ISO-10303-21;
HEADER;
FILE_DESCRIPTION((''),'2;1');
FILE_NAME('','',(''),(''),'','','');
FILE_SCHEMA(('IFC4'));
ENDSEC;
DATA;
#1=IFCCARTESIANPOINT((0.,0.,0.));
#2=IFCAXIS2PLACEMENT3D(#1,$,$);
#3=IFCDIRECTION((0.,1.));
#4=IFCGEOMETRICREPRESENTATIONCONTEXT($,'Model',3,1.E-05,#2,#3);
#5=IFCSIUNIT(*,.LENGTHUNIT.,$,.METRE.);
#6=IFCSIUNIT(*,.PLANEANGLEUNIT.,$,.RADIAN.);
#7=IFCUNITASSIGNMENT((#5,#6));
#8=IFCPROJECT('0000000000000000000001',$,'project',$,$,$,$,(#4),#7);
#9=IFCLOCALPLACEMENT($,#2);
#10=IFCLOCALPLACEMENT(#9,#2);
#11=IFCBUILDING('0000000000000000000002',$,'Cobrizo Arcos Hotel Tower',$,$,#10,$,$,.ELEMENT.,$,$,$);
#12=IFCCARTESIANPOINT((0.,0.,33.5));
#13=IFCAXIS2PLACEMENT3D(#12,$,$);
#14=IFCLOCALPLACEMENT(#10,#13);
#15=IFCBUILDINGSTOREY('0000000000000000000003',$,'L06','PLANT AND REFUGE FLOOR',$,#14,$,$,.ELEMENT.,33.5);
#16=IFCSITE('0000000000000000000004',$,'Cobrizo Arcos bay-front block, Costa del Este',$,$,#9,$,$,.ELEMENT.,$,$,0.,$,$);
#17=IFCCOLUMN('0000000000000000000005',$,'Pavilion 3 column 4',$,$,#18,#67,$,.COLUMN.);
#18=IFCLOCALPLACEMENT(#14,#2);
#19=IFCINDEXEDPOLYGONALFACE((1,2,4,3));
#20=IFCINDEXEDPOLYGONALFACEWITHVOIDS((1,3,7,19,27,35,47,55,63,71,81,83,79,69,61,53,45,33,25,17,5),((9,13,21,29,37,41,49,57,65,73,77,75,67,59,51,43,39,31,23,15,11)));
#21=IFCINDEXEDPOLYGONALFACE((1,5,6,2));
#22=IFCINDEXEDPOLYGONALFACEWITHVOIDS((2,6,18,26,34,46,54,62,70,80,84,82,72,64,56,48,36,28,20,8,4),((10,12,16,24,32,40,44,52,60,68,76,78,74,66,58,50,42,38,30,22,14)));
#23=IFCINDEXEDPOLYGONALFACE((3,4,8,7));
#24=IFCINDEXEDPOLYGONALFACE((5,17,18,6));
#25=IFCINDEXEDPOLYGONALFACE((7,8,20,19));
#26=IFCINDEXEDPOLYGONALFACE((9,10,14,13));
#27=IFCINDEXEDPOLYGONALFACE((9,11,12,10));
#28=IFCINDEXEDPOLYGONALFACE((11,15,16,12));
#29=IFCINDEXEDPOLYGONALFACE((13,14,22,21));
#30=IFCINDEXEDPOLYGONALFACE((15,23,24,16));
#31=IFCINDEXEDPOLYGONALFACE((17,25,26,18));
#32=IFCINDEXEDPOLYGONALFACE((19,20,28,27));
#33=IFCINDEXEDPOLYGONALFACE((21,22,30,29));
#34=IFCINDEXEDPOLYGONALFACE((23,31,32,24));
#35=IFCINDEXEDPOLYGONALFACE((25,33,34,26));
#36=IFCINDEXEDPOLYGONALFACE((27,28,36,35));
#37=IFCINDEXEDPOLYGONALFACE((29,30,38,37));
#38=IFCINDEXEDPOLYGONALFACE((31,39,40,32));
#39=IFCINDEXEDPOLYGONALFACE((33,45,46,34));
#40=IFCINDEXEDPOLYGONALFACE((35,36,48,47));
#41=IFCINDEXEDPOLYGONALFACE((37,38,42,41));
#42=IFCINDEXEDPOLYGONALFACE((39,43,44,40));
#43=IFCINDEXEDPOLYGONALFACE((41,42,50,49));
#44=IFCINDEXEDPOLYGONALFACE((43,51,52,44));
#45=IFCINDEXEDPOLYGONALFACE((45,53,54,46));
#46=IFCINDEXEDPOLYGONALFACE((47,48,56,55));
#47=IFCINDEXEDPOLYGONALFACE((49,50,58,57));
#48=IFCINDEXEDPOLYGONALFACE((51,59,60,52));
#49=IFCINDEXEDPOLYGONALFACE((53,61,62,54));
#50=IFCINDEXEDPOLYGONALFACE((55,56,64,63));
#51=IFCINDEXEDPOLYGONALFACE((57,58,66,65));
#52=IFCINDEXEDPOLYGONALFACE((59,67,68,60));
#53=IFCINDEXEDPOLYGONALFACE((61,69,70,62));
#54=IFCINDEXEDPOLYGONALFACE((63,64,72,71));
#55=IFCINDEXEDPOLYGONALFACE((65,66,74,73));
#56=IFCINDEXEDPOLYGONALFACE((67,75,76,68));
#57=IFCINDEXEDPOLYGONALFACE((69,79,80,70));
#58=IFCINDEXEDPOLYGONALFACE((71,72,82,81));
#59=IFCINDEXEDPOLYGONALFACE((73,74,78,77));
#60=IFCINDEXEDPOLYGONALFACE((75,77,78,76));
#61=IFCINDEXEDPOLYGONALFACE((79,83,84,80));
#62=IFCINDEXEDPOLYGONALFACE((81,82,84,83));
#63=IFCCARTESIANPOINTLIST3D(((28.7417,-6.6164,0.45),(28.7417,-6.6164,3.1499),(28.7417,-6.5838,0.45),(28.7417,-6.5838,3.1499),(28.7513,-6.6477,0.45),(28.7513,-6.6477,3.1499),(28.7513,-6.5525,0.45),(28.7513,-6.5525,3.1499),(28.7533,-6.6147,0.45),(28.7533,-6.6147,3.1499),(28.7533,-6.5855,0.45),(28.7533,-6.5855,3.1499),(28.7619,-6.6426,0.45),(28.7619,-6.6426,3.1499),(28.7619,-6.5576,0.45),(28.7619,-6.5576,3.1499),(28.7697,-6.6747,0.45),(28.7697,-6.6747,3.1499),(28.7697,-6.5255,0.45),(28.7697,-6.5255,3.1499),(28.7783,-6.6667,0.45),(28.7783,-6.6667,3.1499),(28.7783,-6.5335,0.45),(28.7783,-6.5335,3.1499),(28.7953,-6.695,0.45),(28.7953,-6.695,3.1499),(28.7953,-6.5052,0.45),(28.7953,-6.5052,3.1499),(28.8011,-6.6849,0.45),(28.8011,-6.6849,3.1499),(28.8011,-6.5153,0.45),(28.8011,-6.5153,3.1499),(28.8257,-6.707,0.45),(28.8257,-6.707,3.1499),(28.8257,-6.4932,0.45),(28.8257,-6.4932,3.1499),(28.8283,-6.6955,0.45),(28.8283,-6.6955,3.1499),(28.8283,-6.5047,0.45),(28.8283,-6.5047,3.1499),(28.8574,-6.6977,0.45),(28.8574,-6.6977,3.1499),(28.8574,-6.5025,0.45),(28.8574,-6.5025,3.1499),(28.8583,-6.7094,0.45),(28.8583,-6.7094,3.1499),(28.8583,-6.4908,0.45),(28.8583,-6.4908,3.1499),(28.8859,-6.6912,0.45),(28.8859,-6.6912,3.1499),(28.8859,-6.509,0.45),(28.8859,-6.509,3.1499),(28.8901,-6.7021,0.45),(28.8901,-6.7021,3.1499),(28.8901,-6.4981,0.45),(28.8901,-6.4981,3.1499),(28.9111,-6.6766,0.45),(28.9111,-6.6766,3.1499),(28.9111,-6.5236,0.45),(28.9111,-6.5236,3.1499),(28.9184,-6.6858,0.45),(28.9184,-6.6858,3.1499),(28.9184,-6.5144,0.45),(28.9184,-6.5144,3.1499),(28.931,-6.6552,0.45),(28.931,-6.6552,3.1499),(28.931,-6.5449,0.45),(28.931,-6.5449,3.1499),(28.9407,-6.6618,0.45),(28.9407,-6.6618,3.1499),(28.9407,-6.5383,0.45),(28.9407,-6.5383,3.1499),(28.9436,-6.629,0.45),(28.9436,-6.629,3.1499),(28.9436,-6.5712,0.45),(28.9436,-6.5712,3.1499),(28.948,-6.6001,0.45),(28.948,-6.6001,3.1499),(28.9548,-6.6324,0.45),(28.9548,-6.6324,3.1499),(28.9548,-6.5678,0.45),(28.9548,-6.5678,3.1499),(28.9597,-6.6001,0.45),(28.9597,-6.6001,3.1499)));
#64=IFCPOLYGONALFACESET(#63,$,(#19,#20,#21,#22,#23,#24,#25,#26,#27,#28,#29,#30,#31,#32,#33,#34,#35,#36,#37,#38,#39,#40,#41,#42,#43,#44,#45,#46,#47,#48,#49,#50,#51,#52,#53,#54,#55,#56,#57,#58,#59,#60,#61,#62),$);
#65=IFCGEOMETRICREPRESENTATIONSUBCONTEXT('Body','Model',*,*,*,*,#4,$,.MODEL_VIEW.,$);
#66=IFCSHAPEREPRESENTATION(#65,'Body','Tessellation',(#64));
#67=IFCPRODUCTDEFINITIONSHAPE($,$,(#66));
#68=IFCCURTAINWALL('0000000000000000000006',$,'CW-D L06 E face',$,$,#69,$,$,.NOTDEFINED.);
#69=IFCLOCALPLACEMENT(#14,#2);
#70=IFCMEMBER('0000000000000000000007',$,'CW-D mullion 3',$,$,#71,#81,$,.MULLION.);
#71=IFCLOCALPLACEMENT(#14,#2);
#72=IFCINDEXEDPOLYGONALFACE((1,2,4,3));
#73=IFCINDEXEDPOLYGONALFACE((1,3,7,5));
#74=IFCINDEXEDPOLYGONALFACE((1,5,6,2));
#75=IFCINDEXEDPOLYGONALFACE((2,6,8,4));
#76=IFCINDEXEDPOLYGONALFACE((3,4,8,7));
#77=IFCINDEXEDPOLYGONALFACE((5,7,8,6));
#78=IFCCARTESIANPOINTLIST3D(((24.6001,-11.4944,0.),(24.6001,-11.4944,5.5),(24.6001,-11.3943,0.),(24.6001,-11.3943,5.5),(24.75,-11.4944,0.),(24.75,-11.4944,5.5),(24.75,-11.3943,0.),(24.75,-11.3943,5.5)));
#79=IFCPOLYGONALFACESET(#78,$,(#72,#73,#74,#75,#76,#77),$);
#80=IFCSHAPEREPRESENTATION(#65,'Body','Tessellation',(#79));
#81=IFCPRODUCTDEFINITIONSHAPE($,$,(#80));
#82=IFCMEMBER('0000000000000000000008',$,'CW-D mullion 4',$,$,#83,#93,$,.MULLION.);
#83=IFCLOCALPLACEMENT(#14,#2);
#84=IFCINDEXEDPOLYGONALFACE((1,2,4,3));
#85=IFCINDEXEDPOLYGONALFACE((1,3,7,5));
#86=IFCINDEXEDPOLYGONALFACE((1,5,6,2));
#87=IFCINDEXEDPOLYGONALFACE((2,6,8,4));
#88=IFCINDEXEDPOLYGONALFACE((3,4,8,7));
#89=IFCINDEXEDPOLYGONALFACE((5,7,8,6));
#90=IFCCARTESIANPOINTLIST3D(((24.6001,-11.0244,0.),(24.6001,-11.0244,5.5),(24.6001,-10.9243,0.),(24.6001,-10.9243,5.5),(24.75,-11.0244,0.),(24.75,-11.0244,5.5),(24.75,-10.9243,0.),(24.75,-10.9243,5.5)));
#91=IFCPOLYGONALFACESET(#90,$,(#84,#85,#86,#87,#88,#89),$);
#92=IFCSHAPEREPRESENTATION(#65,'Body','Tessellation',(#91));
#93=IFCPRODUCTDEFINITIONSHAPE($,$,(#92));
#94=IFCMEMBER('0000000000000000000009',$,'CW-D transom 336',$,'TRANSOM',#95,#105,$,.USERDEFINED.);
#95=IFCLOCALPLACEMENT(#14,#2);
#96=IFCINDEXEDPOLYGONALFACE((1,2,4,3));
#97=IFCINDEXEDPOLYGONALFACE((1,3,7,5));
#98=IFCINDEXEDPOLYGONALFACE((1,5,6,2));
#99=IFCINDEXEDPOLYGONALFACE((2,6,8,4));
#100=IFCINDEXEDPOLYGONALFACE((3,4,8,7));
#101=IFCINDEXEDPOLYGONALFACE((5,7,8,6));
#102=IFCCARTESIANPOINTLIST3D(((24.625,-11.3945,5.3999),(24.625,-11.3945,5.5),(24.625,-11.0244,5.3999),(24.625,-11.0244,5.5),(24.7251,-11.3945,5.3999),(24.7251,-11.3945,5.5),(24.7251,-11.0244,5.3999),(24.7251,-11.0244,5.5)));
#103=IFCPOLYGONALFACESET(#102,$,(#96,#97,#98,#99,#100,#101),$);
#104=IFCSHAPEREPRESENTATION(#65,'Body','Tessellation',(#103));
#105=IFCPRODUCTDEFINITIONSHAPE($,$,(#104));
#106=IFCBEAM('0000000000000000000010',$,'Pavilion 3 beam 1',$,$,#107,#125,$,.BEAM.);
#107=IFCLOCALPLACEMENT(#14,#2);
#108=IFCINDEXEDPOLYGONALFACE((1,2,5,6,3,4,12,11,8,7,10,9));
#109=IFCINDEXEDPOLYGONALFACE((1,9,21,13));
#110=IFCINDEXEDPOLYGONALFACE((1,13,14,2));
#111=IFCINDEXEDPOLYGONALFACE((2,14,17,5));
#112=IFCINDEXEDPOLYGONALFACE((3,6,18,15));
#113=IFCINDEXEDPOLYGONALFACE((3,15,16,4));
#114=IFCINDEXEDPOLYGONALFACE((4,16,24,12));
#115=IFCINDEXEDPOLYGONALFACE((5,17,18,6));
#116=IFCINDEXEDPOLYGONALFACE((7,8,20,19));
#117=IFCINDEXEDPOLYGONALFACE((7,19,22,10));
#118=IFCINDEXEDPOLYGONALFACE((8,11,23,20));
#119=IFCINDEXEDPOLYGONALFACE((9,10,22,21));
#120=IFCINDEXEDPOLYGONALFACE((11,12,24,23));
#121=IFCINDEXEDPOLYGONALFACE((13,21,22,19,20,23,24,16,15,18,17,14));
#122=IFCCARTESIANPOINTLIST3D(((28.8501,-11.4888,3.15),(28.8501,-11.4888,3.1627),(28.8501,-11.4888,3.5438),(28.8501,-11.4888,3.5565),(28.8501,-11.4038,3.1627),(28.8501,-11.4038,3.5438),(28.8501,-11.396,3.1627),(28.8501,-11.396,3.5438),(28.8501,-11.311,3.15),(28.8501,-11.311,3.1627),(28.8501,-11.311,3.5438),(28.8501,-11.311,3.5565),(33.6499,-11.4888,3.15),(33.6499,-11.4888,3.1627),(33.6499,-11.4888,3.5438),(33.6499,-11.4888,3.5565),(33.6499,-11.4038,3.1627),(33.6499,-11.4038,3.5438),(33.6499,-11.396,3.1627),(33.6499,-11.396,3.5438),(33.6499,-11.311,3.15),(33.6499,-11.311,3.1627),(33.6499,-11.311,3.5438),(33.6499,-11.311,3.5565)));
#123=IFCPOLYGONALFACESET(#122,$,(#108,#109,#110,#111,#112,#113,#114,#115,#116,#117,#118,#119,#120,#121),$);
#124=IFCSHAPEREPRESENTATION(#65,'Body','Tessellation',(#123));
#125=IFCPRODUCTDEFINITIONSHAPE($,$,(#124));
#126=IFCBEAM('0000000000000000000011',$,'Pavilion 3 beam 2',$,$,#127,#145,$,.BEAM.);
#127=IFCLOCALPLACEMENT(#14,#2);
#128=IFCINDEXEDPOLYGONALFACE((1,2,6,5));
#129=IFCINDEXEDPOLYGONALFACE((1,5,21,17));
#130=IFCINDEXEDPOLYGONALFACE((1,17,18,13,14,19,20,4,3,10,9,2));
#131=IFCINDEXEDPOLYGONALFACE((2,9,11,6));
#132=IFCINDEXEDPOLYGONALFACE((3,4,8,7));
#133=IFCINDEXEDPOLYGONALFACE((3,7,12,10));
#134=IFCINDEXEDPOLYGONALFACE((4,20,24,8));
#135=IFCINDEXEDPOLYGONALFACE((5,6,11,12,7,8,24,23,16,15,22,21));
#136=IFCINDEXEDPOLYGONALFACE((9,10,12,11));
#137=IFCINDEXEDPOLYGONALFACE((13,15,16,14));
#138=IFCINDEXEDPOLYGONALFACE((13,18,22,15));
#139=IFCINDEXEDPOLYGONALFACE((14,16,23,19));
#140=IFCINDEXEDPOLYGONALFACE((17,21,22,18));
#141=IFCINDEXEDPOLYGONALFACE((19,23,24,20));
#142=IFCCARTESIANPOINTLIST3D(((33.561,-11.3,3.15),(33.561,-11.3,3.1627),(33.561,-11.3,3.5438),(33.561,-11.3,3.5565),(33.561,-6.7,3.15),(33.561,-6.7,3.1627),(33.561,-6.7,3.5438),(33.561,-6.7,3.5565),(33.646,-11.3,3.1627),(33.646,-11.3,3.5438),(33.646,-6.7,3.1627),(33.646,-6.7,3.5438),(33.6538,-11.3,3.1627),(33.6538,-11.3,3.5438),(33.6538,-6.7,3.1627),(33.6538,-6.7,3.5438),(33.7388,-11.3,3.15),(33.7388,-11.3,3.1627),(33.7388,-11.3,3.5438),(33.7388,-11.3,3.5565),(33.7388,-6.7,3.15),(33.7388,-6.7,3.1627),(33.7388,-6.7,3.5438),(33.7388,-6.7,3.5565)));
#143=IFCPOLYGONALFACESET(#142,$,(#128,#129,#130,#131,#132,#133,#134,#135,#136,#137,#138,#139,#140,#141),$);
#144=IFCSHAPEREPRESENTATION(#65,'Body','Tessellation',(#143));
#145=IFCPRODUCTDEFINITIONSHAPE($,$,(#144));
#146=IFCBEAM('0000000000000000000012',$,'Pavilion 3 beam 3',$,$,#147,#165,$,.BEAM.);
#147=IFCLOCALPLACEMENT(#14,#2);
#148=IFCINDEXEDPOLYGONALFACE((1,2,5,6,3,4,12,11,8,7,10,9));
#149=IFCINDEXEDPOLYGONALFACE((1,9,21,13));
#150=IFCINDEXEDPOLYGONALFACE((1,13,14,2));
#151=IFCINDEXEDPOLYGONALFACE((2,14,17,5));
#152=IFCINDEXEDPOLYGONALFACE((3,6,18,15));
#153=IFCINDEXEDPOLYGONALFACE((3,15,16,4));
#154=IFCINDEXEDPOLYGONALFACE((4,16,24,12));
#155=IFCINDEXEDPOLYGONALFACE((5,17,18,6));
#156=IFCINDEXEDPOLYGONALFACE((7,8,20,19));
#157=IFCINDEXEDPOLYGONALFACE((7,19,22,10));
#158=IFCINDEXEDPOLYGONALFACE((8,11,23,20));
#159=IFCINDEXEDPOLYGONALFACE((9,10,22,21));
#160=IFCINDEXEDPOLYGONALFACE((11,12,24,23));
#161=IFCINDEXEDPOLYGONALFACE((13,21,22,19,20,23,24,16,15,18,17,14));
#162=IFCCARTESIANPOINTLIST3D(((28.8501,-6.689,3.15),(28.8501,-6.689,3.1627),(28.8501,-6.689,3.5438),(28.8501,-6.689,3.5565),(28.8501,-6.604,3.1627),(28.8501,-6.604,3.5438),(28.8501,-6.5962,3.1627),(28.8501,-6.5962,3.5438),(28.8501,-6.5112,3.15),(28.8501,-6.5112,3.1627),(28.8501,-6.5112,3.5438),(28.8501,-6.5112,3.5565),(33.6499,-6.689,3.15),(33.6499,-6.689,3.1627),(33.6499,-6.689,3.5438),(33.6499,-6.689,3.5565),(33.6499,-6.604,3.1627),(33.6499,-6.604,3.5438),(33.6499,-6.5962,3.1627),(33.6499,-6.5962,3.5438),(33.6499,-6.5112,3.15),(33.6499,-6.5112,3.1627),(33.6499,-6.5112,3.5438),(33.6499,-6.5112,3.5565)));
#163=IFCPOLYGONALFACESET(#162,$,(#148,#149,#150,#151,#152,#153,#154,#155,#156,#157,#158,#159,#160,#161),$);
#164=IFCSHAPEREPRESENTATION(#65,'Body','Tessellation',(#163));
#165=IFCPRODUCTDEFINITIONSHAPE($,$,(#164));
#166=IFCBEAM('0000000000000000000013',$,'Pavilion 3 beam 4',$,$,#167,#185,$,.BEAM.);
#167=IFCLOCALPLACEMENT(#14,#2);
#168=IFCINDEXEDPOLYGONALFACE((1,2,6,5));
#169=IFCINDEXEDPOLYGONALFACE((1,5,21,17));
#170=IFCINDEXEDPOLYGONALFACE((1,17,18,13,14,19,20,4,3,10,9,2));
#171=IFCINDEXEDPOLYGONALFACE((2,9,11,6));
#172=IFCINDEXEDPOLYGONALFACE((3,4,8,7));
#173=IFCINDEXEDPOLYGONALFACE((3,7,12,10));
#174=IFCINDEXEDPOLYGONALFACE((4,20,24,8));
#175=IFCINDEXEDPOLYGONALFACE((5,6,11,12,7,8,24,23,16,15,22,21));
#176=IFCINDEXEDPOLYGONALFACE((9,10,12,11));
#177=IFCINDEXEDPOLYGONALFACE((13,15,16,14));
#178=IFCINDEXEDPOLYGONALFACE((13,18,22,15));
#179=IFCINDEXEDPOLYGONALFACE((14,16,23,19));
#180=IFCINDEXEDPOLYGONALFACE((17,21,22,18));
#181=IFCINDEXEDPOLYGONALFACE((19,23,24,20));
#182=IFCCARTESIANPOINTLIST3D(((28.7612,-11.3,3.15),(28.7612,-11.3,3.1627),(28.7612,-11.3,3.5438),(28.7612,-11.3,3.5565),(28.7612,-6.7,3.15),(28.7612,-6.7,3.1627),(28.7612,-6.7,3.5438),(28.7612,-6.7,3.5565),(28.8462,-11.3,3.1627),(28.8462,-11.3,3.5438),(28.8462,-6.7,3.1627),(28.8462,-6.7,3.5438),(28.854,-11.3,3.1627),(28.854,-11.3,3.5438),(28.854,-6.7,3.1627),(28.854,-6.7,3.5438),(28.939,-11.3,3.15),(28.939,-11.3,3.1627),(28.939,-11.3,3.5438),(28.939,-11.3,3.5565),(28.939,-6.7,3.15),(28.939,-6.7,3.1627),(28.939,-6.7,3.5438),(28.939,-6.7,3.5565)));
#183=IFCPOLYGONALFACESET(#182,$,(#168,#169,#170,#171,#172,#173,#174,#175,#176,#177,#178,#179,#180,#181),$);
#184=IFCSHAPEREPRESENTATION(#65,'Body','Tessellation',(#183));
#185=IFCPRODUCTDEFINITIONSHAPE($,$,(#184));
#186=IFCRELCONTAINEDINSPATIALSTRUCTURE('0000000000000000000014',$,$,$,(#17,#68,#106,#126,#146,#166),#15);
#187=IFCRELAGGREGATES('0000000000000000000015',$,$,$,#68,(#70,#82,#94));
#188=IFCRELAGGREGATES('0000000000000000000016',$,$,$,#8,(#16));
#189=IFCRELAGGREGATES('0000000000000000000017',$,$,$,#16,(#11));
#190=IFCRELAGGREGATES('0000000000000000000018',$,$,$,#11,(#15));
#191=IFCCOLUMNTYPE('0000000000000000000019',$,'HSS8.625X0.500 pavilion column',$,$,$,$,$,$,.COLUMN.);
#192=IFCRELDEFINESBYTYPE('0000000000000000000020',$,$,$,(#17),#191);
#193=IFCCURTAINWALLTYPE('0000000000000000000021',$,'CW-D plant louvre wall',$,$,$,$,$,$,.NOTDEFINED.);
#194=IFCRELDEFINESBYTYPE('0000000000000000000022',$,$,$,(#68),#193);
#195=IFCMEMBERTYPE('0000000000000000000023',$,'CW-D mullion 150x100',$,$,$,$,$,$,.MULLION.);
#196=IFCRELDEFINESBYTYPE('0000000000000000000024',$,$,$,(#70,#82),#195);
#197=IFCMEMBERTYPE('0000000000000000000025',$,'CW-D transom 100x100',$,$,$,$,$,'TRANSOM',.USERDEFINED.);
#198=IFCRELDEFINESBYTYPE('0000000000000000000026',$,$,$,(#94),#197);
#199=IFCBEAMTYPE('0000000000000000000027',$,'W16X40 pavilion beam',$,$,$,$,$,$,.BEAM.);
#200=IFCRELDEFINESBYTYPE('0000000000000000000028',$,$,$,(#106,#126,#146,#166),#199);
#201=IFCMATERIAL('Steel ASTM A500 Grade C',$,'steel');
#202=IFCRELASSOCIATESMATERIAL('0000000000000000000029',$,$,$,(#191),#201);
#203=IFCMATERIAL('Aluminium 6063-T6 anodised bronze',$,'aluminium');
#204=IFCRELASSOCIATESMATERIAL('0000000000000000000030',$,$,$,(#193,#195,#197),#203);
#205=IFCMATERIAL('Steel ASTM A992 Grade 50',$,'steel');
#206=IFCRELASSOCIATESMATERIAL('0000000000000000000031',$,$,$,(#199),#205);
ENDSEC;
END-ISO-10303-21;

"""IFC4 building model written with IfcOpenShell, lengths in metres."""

from ifc_helpers import new_model, si_unit, direction, frame, origin, origin_2d, place, context, subcontext, project, spatial, rectangle, hollow_circle, i_section, extrude, material, material_profile, profile_set, type_object, element, aggregate, save


model = new_model("IFC4")

# Units and contexts
model_context = context("Model", 3, precision=1e-05, world=origin(), true_north=direction((0.0, 1.0)))
body_context = subcontext(model_context, "Body", "Model", "MODEL_VIEW")
ifc_project = project(units=[si_unit("LENGTHUNIT", "METRE"), si_unit("PLANEANGLEUNIT", "RADIAN")], contexts=[model_context])

# Site, building, storey
site_placement = place(None, origin())
site = spatial("IfcSite", under=ifc_project, at=site_placement, Name="Cobrizo Arcos bay-front block, Costa del Este", CompositionType="ELEMENT", RefElevation=0.0)
building_placement = place(site_placement, origin())
building = spatial("IfcBuilding", under=site, at=building_placement, Name="Cobrizo Arcos Hotel Tower", CompositionType="ELEMENT")
storey_placement = place(building_placement, frame((0.0, 0.0, 33.5)))
storey = spatial("IfcBuildingStorey", under=building, at=storey_placement, Name="L06", Description="PLANT AND REFUGE FLOOR", CompositionType="ELEMENT", Elevation=33.5)

# Column
ifc_material_1 = material(Name="Steel ASTM A500 Grade C", Category="steel")
ifc_material_profile_1 = material_profile(ifc_material_1, hollow_circle(Radius=0.1096, WallThickness=0.0117, at=origin_2d()), Name="HSS8.625X0.500")
ifc_profile_set_1 = profile_set([ifc_material_profile_1], Name="Steel ASTM A500 Grade C")
column_type = type_object("IfcColumnType", Name="HSS8.625X0.500 pavilion column", PredefinedType="COLUMN", material=ifc_profile_set_1)
for number, where, z_axis, x_axis, name in (
    (1, (28.8501, -6.6001, 0.45), (0.0, 0.0, 1.0), (1.0, 0.0, 0.0), "Pavilion 3 column 4"),
):
    element("IfcColumn", number, at=place(storey_placement, frame(where, z_axis=z_axis, x_axis=x_axis)), inside=storey, type_object=column_type, Name=name, PredefinedType="COLUMN", context=body_context, shape_type="SweptSolid", body=[
        extrude(hollow_circle(Radius=0.1096, WallThickness=0.0117, at=origin_2d()), origin(), (0.0, 0.0, 1.0), 2.7),
    ])

# Curtain wall, members
ifc_material_2 = material(Name="Aluminium 6063-T6 anodised bronze", Category="aluminium")
curtain_wall_type = type_object("IfcCurtainWallType", Name="CW-D plant louvre wall", PredefinedType="NOTDEFINED", material=ifc_material_2)
curtain_wall_placement = place(storey_placement, origin())
curtain_wall = element("IfcCurtainWall", 2, at=curtain_wall_placement, inside=storey, type_object=curtain_wall_type, Name="CW-D L06 E face", PredefinedType="NOTDEFINED")
ifc_material_profile_2 = material_profile(ifc_material_2, rectangle(XDim=0.1499, YDim=0.1001, at=origin_2d()), Name="CW-D mullion 150x100")
ifc_profile_set_2 = profile_set([ifc_material_profile_2], Name="Aluminium 6063-T6 anodised bronze")
member_type_1 = type_object("IfcMemberType", Name="CW-D mullion 150x100", PredefinedType="MULLION", material=ifc_profile_set_2)
member_1_placement = place(storey_placement, frame((24.675, -11.4443, 0.0), z_axis=(0.0, 0.0, 1.0), x_axis=(1.0, 0.0, 0.0)))
member_1 = element("IfcMember", 3, at=member_1_placement, type_object=member_type_1, Name="CW-D mullion 3", PredefinedType="MULLION", context=body_context, shape_type="SweptSolid", body=[
    extrude(rectangle(XDim=0.1499, YDim=0.1001, at=origin_2d()), origin(), (0.0, 0.0, 1.0), 5.5),
])
member_2_placement = place(storey_placement, frame((24.675, -10.9744, 0.0), z_axis=(0.0, 0.0, 1.0), x_axis=(1.0, 0.0, 0.0)))
member_2 = element("IfcMember", 4, at=member_2_placement, type_object=member_type_1, Name="CW-D mullion 4", PredefinedType="MULLION", context=body_context, shape_type="SweptSolid", body=[
    extrude(rectangle(XDim=0.1499, YDim=0.1001, at=origin_2d()), origin(), (0.0, 0.0, 1.0), 5.5),
])
ifc_material_profile_3 = material_profile(ifc_material_2, rectangle(XDim=0.1001, YDim=0.1001, at=origin_2d()), Name="CW-D transom 100x100")
ifc_profile_set_3 = profile_set([ifc_material_profile_3], Name="Aluminium 6063-T6 anodised bronze")
member_type_2 = type_object("IfcMemberType", Name="CW-D transom 100x100", ElementType="TRANSOM", PredefinedType="USERDEFINED", material=ifc_profile_set_3)
member_3_placement = place(storey_placement, frame((24.675, -11.3945, 5.45), z_axis=(0.0, 1.0, 0.0), x_axis=(-1.0, 0.0, 0.0)))
member_3 = element("IfcMember", 5, at=member_3_placement, type_object=member_type_2, Name="CW-D transom 336", ObjectType="TRANSOM", PredefinedType="USERDEFINED", context=body_context, shape_type="SweptSolid", body=[
    extrude(rectangle(XDim=0.1001, YDim=0.1001, at=origin_2d()), origin(), (0.0, 0.0, 1.0), 0.3701),
])

# Beams
ifc_material_3 = material(Name="Steel ASTM A992 Grade 50", Category="steel")
ifc_material_profile_4 = material_profile(ifc_material_3, i_section(OverallWidth=0.1777, OverallDepth=0.4065, WebThickness=0.0078, FlangeThickness=0.0127, at=origin_2d()), Name="W16X40")
ifc_profile_set_4 = profile_set([ifc_material_profile_4], Name="Steel ASTM A992 Grade 50")
beam_type_1 = type_object("IfcBeamType", Name="W16X40 pavilion beam", PredefinedType="BEAM", material=ifc_profile_set_4)
beam_1_placement = place(storey_placement, frame((28.8501, -11.3999, 3.3533), z_axis=(1.0, 0.0, 0.0), x_axis=(0.0, 1.0, 0.0)))
element("IfcBeam", 6, at=beam_1_placement, inside=storey, type_object=beam_type_1, Name="Pavilion 3 beam 1", PredefinedType="BEAM", context=body_context, shape_type="SweptSolid", body=[
    extrude(i_section(OverallWidth=0.1777, OverallDepth=0.4065, WebThickness=0.0078, FlangeThickness=0.0127, at=origin_2d()), origin(), (0.0, 0.0, 1.0), 4.7998),
])
beam_2_placement = place(storey_placement, frame((33.6499, -11.3, 3.3533), z_axis=(0.0, 1.0, 0.0), x_axis=(-1.0, 0.0, 0.0)))
element("IfcBeam", 7, at=beam_2_placement, inside=storey, type_object=beam_type_1, Name="Pavilion 3 beam 2", PredefinedType="BEAM", context=body_context, shape_type="SweptSolid", body=[
    extrude(i_section(OverallWidth=0.1777, OverallDepth=0.4065, WebThickness=0.0078, FlangeThickness=0.0127, at=origin_2d()), origin(), (0.0, 0.0, 1.0), 4.6001),
])
beam_3_placement = place(storey_placement, frame((33.6499, -6.6001, 3.3533), z_axis=(-1.0, 0.0, 0.0), x_axis=(0.0, -1.0, 0.0)))
element("IfcBeam", 8, at=beam_3_placement, inside=storey, type_object=beam_type_1, Name="Pavilion 3 beam 3", PredefinedType="BEAM", context=body_context, shape_type="SweptSolid", body=[
    extrude(i_section(OverallWidth=0.1777, OverallDepth=0.4065, WebThickness=0.0078, FlangeThickness=0.0127, at=origin_2d()), origin(), (0.0, 0.0, 1.0), 4.7998),
])
beam_4_placement = place(storey_placement, frame((28.8501, -6.7, 3.3533), z_axis=(0.0, -1.0, 0.0), x_axis=(1.0, 0.0, 0.0)))
element("IfcBeam", 9, at=beam_4_placement, inside=storey, type_object=beam_type_1, Name="Pavilion 3 beam 4", PredefinedType="BEAM", context=body_context, shape_type="SweptSolid", body=[
    extrude(i_section(OverallWidth=0.1777, OverallDepth=0.4065, WebThickness=0.0078, FlangeThickness=0.0127, at=origin_2d()), origin(), (0.0, 0.0, 1.0), 4.6001),
])

aggregate(curtain_wall, [member_1, member_2, member_3])

save(model, "model.ifc")
